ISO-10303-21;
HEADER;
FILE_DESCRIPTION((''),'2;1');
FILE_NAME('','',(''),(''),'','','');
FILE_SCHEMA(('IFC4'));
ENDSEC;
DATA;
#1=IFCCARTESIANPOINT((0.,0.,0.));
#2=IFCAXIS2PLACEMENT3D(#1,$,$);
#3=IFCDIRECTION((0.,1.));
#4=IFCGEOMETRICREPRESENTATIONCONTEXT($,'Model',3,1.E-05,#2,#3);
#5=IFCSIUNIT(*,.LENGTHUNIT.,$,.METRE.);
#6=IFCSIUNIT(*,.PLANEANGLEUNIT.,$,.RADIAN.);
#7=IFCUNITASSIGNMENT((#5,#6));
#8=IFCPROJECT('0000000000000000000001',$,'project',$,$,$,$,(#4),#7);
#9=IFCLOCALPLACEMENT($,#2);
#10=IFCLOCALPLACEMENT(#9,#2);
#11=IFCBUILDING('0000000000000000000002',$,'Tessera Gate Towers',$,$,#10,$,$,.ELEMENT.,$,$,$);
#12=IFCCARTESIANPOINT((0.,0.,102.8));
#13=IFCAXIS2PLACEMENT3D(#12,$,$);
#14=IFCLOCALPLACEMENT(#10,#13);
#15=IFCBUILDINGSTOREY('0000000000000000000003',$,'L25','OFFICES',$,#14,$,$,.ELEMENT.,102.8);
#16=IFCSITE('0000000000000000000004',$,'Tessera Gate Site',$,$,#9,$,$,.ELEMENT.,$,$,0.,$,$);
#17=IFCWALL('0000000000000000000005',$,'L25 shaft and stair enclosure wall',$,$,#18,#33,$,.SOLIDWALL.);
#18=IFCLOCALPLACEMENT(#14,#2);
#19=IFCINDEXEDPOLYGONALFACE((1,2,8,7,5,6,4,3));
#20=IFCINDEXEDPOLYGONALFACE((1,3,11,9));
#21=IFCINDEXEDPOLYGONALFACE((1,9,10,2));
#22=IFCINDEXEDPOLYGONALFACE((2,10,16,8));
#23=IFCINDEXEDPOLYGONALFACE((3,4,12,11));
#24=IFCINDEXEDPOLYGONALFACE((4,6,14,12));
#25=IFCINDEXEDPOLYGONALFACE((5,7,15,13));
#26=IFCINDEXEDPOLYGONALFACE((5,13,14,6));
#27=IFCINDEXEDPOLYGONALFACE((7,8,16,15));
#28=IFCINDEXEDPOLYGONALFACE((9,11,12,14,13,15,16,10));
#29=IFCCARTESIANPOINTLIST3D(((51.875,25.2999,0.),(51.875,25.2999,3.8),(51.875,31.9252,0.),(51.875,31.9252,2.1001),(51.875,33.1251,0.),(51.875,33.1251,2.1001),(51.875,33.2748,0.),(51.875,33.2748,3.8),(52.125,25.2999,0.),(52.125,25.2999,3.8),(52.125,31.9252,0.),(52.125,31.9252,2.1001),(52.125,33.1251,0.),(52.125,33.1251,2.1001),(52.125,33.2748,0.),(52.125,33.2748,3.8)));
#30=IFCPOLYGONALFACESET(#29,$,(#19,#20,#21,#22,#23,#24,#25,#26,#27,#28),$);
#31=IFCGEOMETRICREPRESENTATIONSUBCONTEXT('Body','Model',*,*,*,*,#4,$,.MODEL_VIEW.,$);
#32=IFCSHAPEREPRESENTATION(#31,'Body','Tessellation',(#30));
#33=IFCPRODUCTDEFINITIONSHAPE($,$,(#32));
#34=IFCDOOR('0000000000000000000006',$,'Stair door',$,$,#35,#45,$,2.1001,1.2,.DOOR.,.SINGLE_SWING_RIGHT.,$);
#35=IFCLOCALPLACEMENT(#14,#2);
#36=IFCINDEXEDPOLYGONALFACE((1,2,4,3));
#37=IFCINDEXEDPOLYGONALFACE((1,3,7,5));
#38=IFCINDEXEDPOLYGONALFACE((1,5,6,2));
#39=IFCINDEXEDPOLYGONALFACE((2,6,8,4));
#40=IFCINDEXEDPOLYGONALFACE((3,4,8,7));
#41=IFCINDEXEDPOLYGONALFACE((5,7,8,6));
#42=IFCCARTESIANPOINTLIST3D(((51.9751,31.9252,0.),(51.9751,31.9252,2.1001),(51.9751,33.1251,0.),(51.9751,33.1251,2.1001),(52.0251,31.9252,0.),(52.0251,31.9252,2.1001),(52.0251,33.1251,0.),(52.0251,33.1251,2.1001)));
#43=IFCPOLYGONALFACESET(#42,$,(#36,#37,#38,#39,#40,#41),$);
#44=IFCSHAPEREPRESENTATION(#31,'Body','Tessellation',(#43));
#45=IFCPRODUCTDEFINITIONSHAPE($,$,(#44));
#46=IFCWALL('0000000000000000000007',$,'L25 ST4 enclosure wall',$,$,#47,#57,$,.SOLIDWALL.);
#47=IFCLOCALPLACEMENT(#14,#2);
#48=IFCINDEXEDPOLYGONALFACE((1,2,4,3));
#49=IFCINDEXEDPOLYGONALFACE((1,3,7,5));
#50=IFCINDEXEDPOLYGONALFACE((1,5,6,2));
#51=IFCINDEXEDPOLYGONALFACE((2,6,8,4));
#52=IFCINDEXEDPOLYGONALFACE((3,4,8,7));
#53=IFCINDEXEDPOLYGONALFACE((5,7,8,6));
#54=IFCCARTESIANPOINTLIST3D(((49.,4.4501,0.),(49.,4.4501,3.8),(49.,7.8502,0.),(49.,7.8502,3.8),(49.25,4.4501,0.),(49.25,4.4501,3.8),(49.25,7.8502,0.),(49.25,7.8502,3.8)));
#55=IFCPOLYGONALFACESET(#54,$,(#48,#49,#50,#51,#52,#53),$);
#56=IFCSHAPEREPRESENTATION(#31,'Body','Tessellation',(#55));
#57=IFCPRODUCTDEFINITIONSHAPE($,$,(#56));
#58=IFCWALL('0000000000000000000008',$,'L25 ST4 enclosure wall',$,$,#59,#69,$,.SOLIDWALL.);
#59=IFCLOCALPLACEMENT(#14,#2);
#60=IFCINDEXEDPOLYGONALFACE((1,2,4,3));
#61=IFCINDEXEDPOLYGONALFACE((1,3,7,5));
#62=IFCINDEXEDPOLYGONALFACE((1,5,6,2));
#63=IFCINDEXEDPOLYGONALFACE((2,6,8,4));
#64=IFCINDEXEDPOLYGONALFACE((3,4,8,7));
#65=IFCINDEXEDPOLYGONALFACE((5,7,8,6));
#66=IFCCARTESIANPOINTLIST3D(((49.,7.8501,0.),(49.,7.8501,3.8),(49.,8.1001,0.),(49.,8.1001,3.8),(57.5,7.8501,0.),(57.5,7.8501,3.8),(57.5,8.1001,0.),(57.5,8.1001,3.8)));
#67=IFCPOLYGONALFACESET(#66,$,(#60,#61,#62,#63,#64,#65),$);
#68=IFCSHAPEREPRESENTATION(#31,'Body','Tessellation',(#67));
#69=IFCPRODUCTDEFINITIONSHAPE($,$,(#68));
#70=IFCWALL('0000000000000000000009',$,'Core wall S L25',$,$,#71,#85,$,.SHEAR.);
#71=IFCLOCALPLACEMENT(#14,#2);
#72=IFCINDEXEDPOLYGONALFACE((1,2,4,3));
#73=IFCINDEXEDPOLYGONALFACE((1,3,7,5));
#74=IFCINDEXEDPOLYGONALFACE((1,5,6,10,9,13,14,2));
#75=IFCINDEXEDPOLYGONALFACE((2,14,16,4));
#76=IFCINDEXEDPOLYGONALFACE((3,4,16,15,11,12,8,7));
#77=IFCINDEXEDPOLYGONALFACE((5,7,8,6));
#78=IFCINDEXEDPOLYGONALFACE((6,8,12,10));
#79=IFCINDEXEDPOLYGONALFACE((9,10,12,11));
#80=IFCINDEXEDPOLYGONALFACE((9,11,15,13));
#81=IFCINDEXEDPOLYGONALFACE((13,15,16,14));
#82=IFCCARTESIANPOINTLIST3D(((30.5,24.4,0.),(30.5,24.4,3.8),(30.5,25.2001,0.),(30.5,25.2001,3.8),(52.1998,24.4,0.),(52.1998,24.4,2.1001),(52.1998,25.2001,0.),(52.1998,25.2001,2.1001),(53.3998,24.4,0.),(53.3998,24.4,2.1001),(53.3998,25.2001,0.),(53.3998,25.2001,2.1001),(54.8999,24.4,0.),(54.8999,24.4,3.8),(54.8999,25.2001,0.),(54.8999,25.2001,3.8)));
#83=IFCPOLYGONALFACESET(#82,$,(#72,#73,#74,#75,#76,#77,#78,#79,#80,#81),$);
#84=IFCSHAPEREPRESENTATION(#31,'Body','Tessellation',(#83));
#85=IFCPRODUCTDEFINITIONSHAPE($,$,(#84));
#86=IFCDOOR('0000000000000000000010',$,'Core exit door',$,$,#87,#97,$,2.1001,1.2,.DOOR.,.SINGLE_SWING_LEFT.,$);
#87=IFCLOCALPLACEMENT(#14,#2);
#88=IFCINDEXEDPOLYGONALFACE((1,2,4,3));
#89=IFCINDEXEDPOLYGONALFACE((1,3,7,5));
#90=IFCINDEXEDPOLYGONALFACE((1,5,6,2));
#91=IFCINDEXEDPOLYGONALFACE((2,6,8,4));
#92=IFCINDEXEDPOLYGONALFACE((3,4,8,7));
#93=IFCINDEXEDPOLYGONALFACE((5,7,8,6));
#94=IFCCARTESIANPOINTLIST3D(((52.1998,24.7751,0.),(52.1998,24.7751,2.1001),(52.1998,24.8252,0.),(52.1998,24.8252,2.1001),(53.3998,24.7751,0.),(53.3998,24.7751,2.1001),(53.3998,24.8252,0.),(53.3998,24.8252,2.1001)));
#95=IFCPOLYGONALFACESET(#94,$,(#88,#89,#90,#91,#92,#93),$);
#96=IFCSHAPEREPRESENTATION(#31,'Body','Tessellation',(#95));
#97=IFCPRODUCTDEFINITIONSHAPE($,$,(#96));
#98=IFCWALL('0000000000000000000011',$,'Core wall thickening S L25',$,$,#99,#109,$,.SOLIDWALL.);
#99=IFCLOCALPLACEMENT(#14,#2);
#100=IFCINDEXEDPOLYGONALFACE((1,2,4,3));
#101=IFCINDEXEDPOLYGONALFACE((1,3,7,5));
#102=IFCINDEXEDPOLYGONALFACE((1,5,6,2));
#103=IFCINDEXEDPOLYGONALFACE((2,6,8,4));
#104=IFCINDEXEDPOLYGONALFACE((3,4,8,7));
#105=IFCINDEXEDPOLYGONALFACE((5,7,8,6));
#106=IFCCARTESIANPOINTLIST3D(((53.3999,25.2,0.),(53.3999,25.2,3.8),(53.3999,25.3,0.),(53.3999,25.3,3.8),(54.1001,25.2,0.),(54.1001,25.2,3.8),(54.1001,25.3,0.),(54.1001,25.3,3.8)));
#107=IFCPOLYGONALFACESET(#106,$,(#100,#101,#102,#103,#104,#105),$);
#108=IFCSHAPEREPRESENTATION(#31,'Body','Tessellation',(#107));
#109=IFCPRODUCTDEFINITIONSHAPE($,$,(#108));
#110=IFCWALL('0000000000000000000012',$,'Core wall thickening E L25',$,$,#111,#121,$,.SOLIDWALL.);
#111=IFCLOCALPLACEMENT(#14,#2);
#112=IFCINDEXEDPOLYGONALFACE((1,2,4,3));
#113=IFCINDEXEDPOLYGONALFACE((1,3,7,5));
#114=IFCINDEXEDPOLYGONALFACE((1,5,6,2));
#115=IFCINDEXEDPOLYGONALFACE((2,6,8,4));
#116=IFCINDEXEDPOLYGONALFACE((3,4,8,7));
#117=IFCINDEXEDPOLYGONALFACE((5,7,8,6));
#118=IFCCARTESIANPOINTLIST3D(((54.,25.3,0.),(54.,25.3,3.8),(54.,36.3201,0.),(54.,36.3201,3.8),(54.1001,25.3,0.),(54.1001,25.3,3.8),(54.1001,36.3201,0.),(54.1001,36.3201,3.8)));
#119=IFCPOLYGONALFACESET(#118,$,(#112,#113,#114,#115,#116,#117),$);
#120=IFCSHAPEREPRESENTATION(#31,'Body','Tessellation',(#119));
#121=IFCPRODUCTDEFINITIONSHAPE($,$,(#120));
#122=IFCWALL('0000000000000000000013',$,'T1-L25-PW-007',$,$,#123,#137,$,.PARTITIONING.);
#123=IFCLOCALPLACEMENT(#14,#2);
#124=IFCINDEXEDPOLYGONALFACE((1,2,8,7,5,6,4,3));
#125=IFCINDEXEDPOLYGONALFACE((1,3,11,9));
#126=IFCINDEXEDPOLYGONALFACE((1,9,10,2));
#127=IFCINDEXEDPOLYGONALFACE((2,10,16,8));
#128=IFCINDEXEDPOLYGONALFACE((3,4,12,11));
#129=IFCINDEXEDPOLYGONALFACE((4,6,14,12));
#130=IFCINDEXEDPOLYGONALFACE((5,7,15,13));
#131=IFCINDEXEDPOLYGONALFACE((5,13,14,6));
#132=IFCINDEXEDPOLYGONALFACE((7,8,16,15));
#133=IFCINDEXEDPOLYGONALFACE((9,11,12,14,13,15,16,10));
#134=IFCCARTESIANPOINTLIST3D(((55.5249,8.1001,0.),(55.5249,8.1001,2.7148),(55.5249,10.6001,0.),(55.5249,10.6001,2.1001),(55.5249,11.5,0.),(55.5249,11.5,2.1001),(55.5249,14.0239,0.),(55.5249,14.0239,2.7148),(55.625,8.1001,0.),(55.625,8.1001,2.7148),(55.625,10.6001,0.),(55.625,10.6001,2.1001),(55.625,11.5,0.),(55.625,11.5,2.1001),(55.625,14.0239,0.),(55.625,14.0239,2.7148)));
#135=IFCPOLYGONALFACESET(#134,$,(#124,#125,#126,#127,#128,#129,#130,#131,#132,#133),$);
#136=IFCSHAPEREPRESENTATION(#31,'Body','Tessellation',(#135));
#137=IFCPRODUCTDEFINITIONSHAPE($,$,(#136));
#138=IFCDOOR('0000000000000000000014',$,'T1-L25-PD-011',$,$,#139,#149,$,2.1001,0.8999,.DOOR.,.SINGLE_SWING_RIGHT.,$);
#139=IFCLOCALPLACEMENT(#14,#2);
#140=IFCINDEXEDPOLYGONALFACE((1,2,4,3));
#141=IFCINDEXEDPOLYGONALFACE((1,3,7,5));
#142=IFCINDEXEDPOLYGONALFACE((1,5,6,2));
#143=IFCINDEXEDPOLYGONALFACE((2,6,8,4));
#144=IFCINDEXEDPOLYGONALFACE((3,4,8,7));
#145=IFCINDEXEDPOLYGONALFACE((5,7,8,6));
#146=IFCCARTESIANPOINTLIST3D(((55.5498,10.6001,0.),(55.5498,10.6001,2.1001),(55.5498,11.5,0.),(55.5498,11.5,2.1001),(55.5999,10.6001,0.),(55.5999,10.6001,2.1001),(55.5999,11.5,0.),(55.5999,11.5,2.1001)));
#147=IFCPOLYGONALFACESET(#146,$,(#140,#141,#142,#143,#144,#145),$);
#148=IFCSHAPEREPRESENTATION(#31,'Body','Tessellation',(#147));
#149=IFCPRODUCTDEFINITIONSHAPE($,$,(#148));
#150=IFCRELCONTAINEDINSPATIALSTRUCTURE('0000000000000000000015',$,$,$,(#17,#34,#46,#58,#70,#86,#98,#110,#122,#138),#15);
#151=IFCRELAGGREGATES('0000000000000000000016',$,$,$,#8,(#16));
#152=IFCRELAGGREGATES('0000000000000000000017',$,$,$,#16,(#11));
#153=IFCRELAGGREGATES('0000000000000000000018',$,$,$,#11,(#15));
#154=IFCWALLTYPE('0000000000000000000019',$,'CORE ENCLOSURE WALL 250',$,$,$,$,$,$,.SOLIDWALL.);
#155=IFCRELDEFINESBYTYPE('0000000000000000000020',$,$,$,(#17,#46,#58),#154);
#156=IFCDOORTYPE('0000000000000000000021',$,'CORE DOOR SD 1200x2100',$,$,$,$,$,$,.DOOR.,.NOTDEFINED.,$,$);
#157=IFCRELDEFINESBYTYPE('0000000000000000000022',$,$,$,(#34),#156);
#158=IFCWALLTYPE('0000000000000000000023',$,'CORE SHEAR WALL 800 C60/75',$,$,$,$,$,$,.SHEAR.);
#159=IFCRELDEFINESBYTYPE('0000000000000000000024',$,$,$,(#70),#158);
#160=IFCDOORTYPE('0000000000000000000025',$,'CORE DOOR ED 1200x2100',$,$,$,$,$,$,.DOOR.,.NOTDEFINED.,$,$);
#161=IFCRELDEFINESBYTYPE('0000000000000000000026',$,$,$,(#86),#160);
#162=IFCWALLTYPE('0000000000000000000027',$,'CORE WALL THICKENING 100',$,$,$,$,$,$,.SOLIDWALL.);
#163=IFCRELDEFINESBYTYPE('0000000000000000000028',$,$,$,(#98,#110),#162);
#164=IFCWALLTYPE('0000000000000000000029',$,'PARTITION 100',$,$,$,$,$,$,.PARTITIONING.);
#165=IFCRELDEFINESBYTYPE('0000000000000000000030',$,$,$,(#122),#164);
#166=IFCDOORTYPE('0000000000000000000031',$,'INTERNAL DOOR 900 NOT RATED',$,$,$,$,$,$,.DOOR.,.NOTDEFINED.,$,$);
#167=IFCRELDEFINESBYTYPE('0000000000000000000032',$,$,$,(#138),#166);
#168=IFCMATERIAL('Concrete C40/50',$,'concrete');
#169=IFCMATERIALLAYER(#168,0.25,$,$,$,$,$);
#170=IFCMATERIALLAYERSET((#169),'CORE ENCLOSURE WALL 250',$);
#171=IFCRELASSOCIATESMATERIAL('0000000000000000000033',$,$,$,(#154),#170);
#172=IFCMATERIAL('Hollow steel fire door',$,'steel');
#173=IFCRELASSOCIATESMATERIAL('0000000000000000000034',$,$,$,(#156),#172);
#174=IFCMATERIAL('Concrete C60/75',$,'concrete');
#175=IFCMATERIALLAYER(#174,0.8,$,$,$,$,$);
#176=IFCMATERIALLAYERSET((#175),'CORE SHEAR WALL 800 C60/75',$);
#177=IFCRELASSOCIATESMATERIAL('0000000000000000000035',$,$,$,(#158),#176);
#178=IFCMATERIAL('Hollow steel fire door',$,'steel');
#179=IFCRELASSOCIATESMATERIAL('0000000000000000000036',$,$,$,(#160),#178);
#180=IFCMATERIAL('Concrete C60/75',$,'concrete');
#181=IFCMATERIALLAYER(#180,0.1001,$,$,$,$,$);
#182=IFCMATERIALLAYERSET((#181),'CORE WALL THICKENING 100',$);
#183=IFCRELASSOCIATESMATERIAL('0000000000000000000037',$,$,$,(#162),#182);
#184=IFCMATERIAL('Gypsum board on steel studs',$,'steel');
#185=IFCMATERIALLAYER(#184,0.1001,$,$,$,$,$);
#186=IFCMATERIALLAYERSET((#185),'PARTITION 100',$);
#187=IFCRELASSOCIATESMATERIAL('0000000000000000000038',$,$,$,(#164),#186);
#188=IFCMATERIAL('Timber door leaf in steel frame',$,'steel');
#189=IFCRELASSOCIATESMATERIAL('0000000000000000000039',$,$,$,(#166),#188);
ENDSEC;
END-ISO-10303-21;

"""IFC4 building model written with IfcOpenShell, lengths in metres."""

from ifc_helpers import new_model, si_unit, direction, frame, frame_2d, origin, place, context, subcontext, project, spatial, rectangle, extrude, source, transform, mapped, material, layer, layer_set, type_object, element, fill, save


model = new_model("IFC4")

# Units and contexts
model_context = context("Model", 3, precision=1e-05, world=origin(), true_north=direction((0.0, 1.0)))
body_context = subcontext(model_context, "Body", "Model", "MODEL_VIEW")
ifc_project = project(units=[si_unit("LENGTHUNIT", "METRE"), si_unit("PLANEANGLEUNIT", "RADIAN")], contexts=[model_context])

# Site, building, storey
site_placement = place(None, origin())
site = spatial("IfcSite", under=ifc_project, at=site_placement, Name="Tessera Gate Site", CompositionType="ELEMENT", RefElevation=0.0)
building_placement = place(site_placement, origin())
building = spatial("IfcBuilding", under=site, at=building_placement, Name="Tessera Gate Towers", CompositionType="ELEMENT")
storey_placement = place(building_placement, frame((0.0, 0.0, 102.8)))
storey = spatial("IfcBuildingStorey", under=building, at=storey_placement, Name="L25", Description="OFFICES", CompositionType="ELEMENT", Elevation=102.8)

# Wall, opening, door
ifc_material_1 = material(Name="Concrete C40/50", Category="concrete")
ifc_layer_1 = layer(ifc_material_1, 0.25)
ifc_layer_set_1 = layer_set([ifc_layer_1], Name="CORE ENCLOSURE WALL 250")
wall_type_1 = type_object("IfcWallType", Name="CORE ENCLOSURE WALL 250", PredefinedType="SOLIDWALL", material=ifc_layer_set_1)
wall_1_placement = place(storey_placement, frame((52.0, 25.3, 0.0), z_axis=(0.0, 0.0, 1.0), x_axis=(0.0, 1.0, 0.0)))
wall_1 = element("IfcWall", 1, at=wall_1_placement, inside=storey, type_object=wall_type_1, Name="L25 shaft and stair enclosure wall", PredefinedType="SOLIDWALL", context=body_context, shape_type="SweptSolid", body=[
    extrude(rectangle(XDim=7.9749, YDim=0.25, at=frame_2d((3.9873, 0.0))), origin(), (0.0, 0.0, 1.0), 3.8),
])
shared_shape_1 = source(origin(), body_context, "Body", "SweptSolid", [
    extrude(rectangle(XDim=1.2, YDim=2.1001, at=frame_2d((0.6001, 1.05))), frame((0.0, 0.135, 0.0), z_axis=(0.0, -1.0, 0.0), x_axis=(1.0, 0.0, 0.0)), (0.0, 0.0, 1.0), 0.27),
])
opening_1_placement = place(wall_1_placement, frame((6.625, 0.0, 0.0)))
opening_1 = element("IfcOpeningElement", 2, at=opening_1_placement, cuts=wall_1, PredefinedType="OPENING", context=body_context, shape_type="MappedRepresentation", body=[
    mapped(shared_shape_1, transform((0.0, 0.0, 0.0), scale=1.0)),
])
ifc_material_2 = material(Name="Hollow steel fire door", Category="steel")
door_type_1 = type_object("IfcDoorType", Name="CORE DOOR SD 1200x2100", OperationType="NOTDEFINED", PredefinedType="DOOR", material=ifc_material_2)
shared_shape_2 = source(origin(), body_context, "Body", "SweptSolid", [
    extrude(rectangle(XDim=1.2, YDim=2.1001, at=frame_2d((0.6001, 1.05))), frame((0.0, 0.0249, 0.0), z_axis=(0.0, -1.0, 0.0), x_axis=(1.0, 0.0, 0.0)), (0.0, 0.0, 1.0), 0.05),
])
door_1_placement = place(opening_1_placement, origin())
door_1 = element("IfcDoor", 3, at=door_1_placement, inside=storey, type_object=door_type_1, Name="Stair door", OperationType="SINGLE_SWING_RIGHT", OverallHeight=2.1001, OverallWidth=1.2, PredefinedType="DOOR", context=body_context, shape_type="MappedRepresentation", body=[
    mapped(shared_shape_2, transform((0.0, 0.0, 0.0), scale=1.0)),
])
fill(opening_1, door_1)

# Walls
wall_2_placement = place(storey_placement, frame((49.125, 4.45, 0.0), z_axis=(0.0, 0.0, 1.0), x_axis=(0.0, 1.0, 0.0)))
element("IfcWall", 4, at=wall_2_placement, inside=storey, type_object=wall_type_1, Name="L25 ST4 enclosure wall", PredefinedType="SOLIDWALL", context=body_context, shape_type="SweptSolid", body=[
    extrude(rectangle(XDim=3.4001, YDim=0.25, at=frame_2d((1.7002, 0.0))), origin(), (0.0, 0.0, 1.0), 3.8),
])
wall_3_placement = place(storey_placement, frame((49.0, 7.9751, 0.0), z_axis=(0.0, 0.0, 1.0), x_axis=(1.0, 0.0, 0.0)))
element("IfcWall", 5, at=wall_3_placement, inside=storey, type_object=wall_type_1, Name="L25 ST4 enclosure wall", PredefinedType="SOLIDWALL", context=body_context, shape_type="SweptSolid", body=[
    extrude(rectangle(XDim=8.5, YDim=0.25, at=frame_2d((4.25, 0.0))), origin(), (0.0, 0.0, 1.0), 3.8),
])

# Wall, opening, door
ifc_material_3 = material(Name="Concrete C60/75", Category="concrete")
ifc_layer_2 = layer(ifc_material_3, 0.8)
ifc_layer_set_2 = layer_set([ifc_layer_2], Name="CORE SHEAR WALL 800 C60/75")
wall_type_2 = type_object("IfcWallType", Name="CORE SHEAR WALL 800 C60/75", PredefinedType="SHEAR", material=ifc_layer_set_2)
wall_4_placement = place(storey_placement, frame((54.8999, 24.8, 0.0), z_axis=(0.0, 0.0, 1.0), x_axis=(-1.0, 0.0, 0.0)))
wall_4 = element("IfcWall", 6, at=wall_4_placement, inside=storey, type_object=wall_type_2, Name="Core wall S L25", PredefinedType="SHEAR", context=body_context, shape_type="SweptSolid", body=[
    extrude(rectangle(XDim=24.3999, YDim=0.8, at=frame_2d((12.2, 0.0))), origin(), (0.0, 0.0, 1.0), 3.8),
])
shared_shape_3 = source(origin(), body_context, "Body", "SweptSolid", [
    extrude(rectangle(XDim=1.2, YDim=2.1001, at=frame_2d((0.6001, 1.05))), frame((0.0, 0.4099, 0.0), z_axis=(0.0, -1.0, 0.0), x_axis=(1.0, 0.0, 0.0)), (0.0, 0.0, 1.0), 0.8201),
])
opening_2_placement = place(wall_4_placement, frame((1.5, 0.0, 0.0)))
opening_2 = element("IfcOpeningElement", 7, at=opening_2_placement, cuts=wall_4, PredefinedType="OPENING", context=body_context, shape_type="MappedRepresentation", body=[
    mapped(shared_shape_3, transform((0.0, 0.0, 0.0), scale=1.0)),
])
ifc_material_4 = material(Name="Hollow steel fire door", Category="steel")
door_type_2 = type_object("IfcDoorType", Name="CORE DOOR ED 1200x2100", OperationType="NOTDEFINED", PredefinedType="DOOR", material=ifc_material_4)
door_2_placement = place(opening_2_placement, origin())
door_2 = element("IfcDoor", 8, at=door_2_placement, inside=storey, type_object=door_type_2, Name="Core exit door", OperationType="SINGLE_SWING_LEFT", OverallHeight=2.1001, OverallWidth=1.2, PredefinedType="DOOR", context=body_context, shape_type="MappedRepresentation", body=[
    mapped(shared_shape_2, transform((0.0, 0.0, 0.0), scale=1.0)),
])
fill(opening_2, door_2)

# Walls
ifc_material_5 = material(Name="Concrete C60/75", Category="concrete")
ifc_layer_3 = layer(ifc_material_5, 0.1001)
ifc_layer_set_3 = layer_set([ifc_layer_3], Name="CORE WALL THICKENING 100")
wall_type_3 = type_object("IfcWallType", Name="CORE WALL THICKENING 100", PredefinedType="SOLIDWALL", material=ifc_layer_set_3)
wall_5_placement = place(storey_placement, frame((53.3999, 25.25, 0.0), z_axis=(0.0, 0.0, 1.0), x_axis=(1.0, 0.0, 0.0)))
element("IfcWall", 9, at=wall_5_placement, inside=storey, type_object=wall_type_3, Name="Core wall thickening S L25", PredefinedType="SOLIDWALL", context=body_context, shape_type="SweptSolid", body=[
    extrude(rectangle(XDim=0.7002, YDim=0.1001, at=frame_2d((0.3501, 0.0))), origin(), (0.0, 0.0, 1.0), 3.8),
])
wall_6_placement = place(storey_placement, frame((54.05, 25.3, 0.0), z_axis=(0.0, 0.0, 1.0), x_axis=(0.0, 1.0, 0.0)))
element("IfcWall", 10, at=wall_6_placement, inside=storey, type_object=wall_type_3, Name="Core wall thickening E L25", PredefinedType="SOLIDWALL", context=body_context, shape_type="SweptSolid", body=[
    extrude(rectangle(XDim=11.02, YDim=0.1001, at=frame_2d((5.51, 0.0))), origin(), (0.0, 0.0, 1.0), 3.8),
])

# Wall, opening, door
ifc_material_6 = material(Name="Gypsum board on steel studs", Category="steel")
ifc_layer_4 = layer(ifc_material_6, 0.1001)
ifc_layer_set_4 = layer_set([ifc_layer_4], Name="PARTITION 100")
wall_type_4 = type_object("IfcWallType", Name="PARTITION 100", PredefinedType="PARTITIONING", material=ifc_layer_set_4)
wall_7_placement = place(storey_placement, frame((55.575, 14.0239, 0.0), z_axis=(0.0, 0.0, 1.0), x_axis=(0.0, -1.0, 0.0)))
wall_7 = element("IfcWall", 11, at=wall_7_placement, inside=storey, type_object=wall_type_4, Name="T1-L25-PW-007", PredefinedType="PARTITIONING", context=body_context, shape_type="SweptSolid", body=[
    extrude(rectangle(XDim=5.9238, YDim=0.1001, at=frame_2d((2.9619, 0.0))), origin(), (0.0, 0.0, 1.0), 2.7148),
])
shared_shape_4 = source(origin(), body_context, "Body", "SweptSolid", [
    extrude(rectangle(XDim=0.8999, YDim=2.1001, at=frame_2d((0.45, 1.05))), frame((0.0, 0.0601, 0.0), z_axis=(0.0, -1.0, 0.0), x_axis=(1.0, 0.0, 0.0)), (0.0, 0.0, 1.0), 0.1201),
])
opening_3_placement = place(wall_7_placement, frame((2.5239, 0.0, 0.0)))
opening_3 = element("IfcOpeningElement", 12, at=opening_3_placement, cuts=wall_7, PredefinedType="OPENING", context=body_context, shape_type="MappedRepresentation", body=[
    mapped(shared_shape_4, transform((0.0, 0.0, 0.0), scale=1.0)),
])
ifc_material_7 = material(Name="Timber door leaf in steel frame", Category="steel")
door_type_3 = type_object("IfcDoorType", Name="INTERNAL DOOR 900 NOT RATED", OperationType="NOTDEFINED", PredefinedType="DOOR", material=ifc_material_7)
shared_shape_5 = source(origin(), body_context, "Body", "SweptSolid", [
    extrude(rectangle(XDim=0.8999, YDim=2.1001, at=frame_2d((0.45, 1.05))), frame((0.0, 0.0249, 0.0), z_axis=(0.0, -1.0, 0.0), x_axis=(1.0, 0.0, 0.0)), (0.0, 0.0, 1.0), 0.05),
])
door_3_placement = place(opening_3_placement, origin())
door_3 = element("IfcDoor", 13, at=door_3_placement, inside=storey, type_object=door_type_3, Name="T1-L25-PD-011", OperationType="SINGLE_SWING_RIGHT", OverallHeight=2.1001, OverallWidth=0.8999, PredefinedType="DOOR", context=body_context, shape_type="MappedRepresentation", body=[
    mapped(shared_shape_5, transform((0.0, 0.0, 0.0), scale=1.0)),
])
fill(opening_3, door_3)

save(model, "model.ifc")
